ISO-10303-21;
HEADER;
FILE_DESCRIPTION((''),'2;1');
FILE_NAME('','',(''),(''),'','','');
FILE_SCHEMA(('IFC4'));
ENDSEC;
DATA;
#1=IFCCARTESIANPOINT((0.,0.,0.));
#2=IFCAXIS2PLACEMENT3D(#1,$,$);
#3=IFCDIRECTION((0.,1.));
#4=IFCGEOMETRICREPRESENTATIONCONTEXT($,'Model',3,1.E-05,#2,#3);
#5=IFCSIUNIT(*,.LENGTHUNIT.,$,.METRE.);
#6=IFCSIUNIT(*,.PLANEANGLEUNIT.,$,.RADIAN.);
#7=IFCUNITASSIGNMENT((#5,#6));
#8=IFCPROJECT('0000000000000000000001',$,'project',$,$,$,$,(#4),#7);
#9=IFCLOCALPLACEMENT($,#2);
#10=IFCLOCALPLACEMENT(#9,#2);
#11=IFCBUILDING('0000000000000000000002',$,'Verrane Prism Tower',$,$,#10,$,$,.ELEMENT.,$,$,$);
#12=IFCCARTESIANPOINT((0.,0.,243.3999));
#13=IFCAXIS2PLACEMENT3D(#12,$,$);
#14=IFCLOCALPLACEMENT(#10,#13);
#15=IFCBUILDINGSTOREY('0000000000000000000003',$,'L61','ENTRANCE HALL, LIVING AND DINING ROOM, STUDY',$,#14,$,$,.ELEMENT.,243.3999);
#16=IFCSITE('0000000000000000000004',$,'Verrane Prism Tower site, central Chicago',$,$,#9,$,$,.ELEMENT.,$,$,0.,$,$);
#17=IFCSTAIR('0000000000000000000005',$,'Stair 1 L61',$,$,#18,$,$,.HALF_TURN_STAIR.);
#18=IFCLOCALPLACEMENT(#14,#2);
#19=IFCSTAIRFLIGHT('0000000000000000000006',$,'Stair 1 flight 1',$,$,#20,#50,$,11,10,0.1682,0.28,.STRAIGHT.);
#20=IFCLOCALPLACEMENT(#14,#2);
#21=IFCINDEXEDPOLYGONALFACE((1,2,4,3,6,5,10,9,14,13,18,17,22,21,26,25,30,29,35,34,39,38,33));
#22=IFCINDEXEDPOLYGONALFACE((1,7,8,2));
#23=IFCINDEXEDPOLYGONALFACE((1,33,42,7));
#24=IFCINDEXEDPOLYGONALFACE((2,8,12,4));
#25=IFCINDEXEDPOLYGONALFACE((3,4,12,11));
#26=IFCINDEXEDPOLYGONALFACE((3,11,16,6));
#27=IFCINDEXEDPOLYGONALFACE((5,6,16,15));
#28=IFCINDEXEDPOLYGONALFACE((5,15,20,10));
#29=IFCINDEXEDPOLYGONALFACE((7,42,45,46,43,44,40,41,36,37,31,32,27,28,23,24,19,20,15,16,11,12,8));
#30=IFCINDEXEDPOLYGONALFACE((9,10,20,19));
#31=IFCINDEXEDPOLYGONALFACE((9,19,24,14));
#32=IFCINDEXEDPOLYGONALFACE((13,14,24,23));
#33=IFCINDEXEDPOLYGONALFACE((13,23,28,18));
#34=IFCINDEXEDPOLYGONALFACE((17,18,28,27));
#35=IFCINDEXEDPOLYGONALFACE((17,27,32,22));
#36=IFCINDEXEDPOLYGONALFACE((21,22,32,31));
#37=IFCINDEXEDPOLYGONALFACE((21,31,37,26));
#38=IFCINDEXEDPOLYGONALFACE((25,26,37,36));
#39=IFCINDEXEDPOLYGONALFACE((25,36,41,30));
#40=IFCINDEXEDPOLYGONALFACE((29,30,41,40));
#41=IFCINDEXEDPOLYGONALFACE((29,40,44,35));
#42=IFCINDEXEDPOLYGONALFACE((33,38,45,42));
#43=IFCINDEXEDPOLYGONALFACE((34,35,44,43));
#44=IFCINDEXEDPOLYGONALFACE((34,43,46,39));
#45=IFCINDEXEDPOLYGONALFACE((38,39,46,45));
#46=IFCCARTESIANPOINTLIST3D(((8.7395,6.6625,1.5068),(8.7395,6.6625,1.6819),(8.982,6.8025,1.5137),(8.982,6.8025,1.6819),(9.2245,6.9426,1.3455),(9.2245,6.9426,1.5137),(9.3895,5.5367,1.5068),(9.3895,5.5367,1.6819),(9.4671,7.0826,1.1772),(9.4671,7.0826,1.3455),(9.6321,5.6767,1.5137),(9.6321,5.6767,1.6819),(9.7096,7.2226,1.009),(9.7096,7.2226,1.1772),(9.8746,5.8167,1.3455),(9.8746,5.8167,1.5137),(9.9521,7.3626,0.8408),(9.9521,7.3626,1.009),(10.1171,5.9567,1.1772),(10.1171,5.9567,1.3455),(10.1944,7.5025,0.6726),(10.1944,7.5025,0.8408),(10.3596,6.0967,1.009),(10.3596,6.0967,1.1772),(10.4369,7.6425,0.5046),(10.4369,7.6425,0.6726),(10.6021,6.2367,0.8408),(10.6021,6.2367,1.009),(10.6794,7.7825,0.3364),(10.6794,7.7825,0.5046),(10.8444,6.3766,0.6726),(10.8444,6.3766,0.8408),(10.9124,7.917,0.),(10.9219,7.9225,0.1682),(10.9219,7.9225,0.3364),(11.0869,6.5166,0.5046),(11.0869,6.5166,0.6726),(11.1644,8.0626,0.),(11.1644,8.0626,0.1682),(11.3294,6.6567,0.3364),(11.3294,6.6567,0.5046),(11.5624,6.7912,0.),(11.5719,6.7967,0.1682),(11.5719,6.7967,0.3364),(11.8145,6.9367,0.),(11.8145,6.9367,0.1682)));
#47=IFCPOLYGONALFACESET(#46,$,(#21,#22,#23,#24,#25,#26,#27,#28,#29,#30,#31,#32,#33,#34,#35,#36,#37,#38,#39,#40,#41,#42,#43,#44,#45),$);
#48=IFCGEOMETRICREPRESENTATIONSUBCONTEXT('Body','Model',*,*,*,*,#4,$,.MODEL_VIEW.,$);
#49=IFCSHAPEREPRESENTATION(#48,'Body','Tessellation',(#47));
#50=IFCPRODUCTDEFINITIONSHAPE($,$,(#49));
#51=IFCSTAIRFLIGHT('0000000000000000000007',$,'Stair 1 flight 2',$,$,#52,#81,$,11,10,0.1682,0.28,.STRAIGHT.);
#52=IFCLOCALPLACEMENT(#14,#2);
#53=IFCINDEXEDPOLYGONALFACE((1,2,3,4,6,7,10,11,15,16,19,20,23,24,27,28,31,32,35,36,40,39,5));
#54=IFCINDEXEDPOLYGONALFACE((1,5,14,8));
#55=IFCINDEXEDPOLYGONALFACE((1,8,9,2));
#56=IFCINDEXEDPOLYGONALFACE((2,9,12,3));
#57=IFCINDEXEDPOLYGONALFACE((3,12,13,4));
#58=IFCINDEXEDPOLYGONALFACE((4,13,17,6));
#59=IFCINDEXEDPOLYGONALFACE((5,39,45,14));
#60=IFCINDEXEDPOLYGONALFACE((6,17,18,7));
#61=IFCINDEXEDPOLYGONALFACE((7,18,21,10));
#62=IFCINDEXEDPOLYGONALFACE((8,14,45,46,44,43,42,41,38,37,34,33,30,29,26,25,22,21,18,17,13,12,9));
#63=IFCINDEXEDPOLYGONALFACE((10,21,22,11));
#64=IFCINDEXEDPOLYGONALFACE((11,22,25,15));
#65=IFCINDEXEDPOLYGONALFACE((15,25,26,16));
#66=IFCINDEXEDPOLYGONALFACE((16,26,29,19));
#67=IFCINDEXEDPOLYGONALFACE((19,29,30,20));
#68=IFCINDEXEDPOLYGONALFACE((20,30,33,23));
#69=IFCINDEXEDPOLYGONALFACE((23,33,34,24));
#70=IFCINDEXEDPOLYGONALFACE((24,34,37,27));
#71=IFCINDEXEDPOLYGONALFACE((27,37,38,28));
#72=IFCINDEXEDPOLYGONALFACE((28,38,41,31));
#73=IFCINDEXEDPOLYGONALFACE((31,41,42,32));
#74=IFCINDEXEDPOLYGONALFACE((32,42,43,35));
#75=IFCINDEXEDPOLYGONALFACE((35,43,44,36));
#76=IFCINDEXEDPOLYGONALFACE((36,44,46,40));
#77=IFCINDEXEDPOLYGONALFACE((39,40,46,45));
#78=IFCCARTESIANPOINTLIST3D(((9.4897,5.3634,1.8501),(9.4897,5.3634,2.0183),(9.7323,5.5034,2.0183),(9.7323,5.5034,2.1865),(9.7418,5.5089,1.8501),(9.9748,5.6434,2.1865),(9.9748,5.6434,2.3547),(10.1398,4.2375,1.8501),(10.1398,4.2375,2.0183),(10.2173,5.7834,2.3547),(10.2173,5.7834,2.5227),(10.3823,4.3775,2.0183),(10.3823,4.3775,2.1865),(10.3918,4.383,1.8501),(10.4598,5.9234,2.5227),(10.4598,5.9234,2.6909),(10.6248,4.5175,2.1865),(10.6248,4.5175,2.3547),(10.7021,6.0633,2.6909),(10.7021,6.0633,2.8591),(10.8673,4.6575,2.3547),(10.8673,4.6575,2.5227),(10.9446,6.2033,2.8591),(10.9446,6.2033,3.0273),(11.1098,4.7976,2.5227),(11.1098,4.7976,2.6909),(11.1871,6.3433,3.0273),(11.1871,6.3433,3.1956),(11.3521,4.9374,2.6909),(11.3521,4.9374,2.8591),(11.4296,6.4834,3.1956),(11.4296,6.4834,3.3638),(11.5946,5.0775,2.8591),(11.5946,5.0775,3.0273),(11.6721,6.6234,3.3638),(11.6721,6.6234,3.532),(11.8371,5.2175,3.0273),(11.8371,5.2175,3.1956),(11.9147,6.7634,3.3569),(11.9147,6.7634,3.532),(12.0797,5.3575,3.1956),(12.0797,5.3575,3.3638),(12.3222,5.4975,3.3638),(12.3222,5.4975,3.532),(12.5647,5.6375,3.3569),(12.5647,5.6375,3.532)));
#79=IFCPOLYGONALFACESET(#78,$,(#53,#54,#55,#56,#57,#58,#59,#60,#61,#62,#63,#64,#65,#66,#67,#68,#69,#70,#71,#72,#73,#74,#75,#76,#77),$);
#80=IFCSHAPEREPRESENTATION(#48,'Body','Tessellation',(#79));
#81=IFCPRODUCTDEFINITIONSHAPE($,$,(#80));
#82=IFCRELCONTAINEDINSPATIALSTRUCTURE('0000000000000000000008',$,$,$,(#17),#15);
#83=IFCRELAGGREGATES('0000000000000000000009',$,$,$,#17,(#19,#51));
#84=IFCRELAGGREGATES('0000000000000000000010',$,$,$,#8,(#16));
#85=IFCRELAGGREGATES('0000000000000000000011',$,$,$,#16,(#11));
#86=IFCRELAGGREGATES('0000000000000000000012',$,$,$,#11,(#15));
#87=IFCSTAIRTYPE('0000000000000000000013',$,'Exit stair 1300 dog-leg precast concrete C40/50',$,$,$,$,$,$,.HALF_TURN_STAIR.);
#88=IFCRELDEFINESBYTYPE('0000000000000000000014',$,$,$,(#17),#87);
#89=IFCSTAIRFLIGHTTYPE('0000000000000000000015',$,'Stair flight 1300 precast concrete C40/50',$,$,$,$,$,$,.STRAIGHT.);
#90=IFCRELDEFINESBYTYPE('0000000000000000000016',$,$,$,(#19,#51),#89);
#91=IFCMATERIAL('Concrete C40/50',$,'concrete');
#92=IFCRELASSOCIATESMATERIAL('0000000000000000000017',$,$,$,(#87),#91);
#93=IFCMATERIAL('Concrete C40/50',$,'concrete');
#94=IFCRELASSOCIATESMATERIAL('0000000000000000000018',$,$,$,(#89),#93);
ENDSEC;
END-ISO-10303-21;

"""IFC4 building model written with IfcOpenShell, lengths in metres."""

from ifc_helpers import new_model, si_unit, direction, frame, origin, place, context, subcontext, project, spatial, polyline, outline, extrude, material, type_object, element, aggregate, save


model = new_model("IFC4")

# Units and contexts
model_context = context("Model", 3, precision=1e-05, world=origin(), true_north=direction((0.0, 1.0)))
body_context = subcontext(model_context, "Body", "Model", "MODEL_VIEW")
ifc_project = project(units=[si_unit("LENGTHUNIT", "METRE"), si_unit("PLANEANGLEUNIT", "RADIAN")], contexts=[model_context])

# Site, building, storey
site_placement = place(None, origin())
site = spatial("IfcSite", under=ifc_project, at=site_placement, Name="Verrane Prism Tower site, central Chicago", CompositionType="ELEMENT", RefElevation=0.0)
building_placement = place(site_placement, origin())
building = spatial("IfcBuilding", under=site, at=building_placement, Name="Verrane Prism Tower", CompositionType="ELEMENT")
storey_placement = place(building_placement, frame((0.0, 0.0, 243.3999)))
storey = spatial("IfcBuildingStorey", under=building, at=storey_placement, Name="L61", Description="ENTRANCE HALL, LIVING AND DINING ROOM, STUDY", CompositionType="ELEMENT", Elevation=243.3999)

# Shared definitions
ifc_material_1 = material(Name="Concrete C40/50", Category="concrete")
stair_type = type_object("IfcStairType", Name="Exit stair 1300 dog-leg precast concrete C40/50", PredefinedType="HALF_TURN_STAIR", material=ifc_material_1)

# Stair, stair flights
stair_1_placement = place(storey_placement, origin())
stair_1 = element("IfcStair", 1, at=stair_1_placement, inside=storey, type_object=stair_type, Name="Stair 1 L61", PredefinedType="HALF_TURN_STAIR")
ifc_material_2 = material(Name="Concrete C40/50", Category="concrete")
stair_flight_type = type_object("IfcStairFlightType", Name="Stair flight 1300 precast concrete C40/50", PredefinedType="STRAIGHT", material=ifc_material_2)
stair_flight_1_placement = place(storey_placement, frame((11.4895, 7.4995, 0.0), z_axis=(0.0, 0.0, 1.0), x_axis=(-0.866025, -0.5, 0.0)))
stair_flight_1 = element("IfcStairFlight", 2, at=stair_flight_1_placement, type_object=stair_flight_type, Name="Stair 1 flight 1", NumberOfRisers=11, NumberOfTreads=10, PredefinedType="STRAIGHT", RiserHeight=0.1682, TreadLength=0.28, context=body_context, shape_type="SweptSolid", body=[
    extrude(outline(polyline([(0.0, 0.0), (0.0, 0.1682), (0.28, 0.1682), (0.28, 0.3364), (0.5601, 0.3364), (0.5601, 0.5046), (0.8401, 0.5046), (0.8401, 0.6726), (1.1201, 0.6726), (1.1201, 0.8408), (1.3999, 0.8408), (1.3999, 1.009), (1.6799, 1.009), (1.6799, 1.1772), (1.96, 1.1772), (1.96, 1.3455), (2.24, 1.3455), (2.24, 1.5137), (2.52, 1.5137), (2.52, 1.6819), (2.8, 1.6819), (2.8, 1.8501), (2.8, 1.5068), (0.291, 0.0), (0.0, 0.0)])), frame((0.0, 0.6499, 0.0), z_axis=(0.0, -1.0, 0.0), x_axis=(1.0, 0.0, 0.0)), (0.0, 0.0, 1.0), 1.3),
])
stair_flight_2_placement = place(storey_placement, frame((9.8147, 4.8005, 1.8501), z_axis=(0.0, 0.0, 1.0), x_axis=(0.866025, 0.5, 0.0)))
stair_flight_2 = element("IfcStairFlight", 3, at=stair_flight_2_placement, type_object=stair_flight_type, Name="Stair 1 flight 2", NumberOfRisers=11, NumberOfTreads=10, PredefinedType="STRAIGHT", RiserHeight=0.1682, TreadLength=0.28, context=body_context, shape_type="SweptSolid", body=[
    extrude(outline(polyline([(0.0, 0.0), (0.0, 0.1682), (0.28, 0.1682), (0.28, 0.3364), (0.5601, 0.3364), (0.5601, 0.5046), (0.8401, 0.5046), (0.8401, 0.6726), (1.1201, 0.6726), (1.1201, 0.8408), (1.3999, 0.8408), (1.3999, 1.009), (1.6799, 1.009), (1.6799, 1.1772), (1.96, 1.1772), (1.96, 1.3455), (2.24, 1.3455), (2.24, 1.5137), (2.52, 1.5137), (2.52, 1.6819), (2.8, 1.6819), (2.8, 1.8501), (2.8, 1.5068), (0.291, 0.0), (0.0, 0.0)])), frame((0.0, 0.6499, 0.0), z_axis=(0.0, -1.0, 0.0), x_axis=(1.0, 0.0, 0.0)), (0.0, 0.0, 1.0), 1.3),
])
aggregate(stair_1, [stair_flight_1, stair_flight_2])

save(model, "model.ifc")
